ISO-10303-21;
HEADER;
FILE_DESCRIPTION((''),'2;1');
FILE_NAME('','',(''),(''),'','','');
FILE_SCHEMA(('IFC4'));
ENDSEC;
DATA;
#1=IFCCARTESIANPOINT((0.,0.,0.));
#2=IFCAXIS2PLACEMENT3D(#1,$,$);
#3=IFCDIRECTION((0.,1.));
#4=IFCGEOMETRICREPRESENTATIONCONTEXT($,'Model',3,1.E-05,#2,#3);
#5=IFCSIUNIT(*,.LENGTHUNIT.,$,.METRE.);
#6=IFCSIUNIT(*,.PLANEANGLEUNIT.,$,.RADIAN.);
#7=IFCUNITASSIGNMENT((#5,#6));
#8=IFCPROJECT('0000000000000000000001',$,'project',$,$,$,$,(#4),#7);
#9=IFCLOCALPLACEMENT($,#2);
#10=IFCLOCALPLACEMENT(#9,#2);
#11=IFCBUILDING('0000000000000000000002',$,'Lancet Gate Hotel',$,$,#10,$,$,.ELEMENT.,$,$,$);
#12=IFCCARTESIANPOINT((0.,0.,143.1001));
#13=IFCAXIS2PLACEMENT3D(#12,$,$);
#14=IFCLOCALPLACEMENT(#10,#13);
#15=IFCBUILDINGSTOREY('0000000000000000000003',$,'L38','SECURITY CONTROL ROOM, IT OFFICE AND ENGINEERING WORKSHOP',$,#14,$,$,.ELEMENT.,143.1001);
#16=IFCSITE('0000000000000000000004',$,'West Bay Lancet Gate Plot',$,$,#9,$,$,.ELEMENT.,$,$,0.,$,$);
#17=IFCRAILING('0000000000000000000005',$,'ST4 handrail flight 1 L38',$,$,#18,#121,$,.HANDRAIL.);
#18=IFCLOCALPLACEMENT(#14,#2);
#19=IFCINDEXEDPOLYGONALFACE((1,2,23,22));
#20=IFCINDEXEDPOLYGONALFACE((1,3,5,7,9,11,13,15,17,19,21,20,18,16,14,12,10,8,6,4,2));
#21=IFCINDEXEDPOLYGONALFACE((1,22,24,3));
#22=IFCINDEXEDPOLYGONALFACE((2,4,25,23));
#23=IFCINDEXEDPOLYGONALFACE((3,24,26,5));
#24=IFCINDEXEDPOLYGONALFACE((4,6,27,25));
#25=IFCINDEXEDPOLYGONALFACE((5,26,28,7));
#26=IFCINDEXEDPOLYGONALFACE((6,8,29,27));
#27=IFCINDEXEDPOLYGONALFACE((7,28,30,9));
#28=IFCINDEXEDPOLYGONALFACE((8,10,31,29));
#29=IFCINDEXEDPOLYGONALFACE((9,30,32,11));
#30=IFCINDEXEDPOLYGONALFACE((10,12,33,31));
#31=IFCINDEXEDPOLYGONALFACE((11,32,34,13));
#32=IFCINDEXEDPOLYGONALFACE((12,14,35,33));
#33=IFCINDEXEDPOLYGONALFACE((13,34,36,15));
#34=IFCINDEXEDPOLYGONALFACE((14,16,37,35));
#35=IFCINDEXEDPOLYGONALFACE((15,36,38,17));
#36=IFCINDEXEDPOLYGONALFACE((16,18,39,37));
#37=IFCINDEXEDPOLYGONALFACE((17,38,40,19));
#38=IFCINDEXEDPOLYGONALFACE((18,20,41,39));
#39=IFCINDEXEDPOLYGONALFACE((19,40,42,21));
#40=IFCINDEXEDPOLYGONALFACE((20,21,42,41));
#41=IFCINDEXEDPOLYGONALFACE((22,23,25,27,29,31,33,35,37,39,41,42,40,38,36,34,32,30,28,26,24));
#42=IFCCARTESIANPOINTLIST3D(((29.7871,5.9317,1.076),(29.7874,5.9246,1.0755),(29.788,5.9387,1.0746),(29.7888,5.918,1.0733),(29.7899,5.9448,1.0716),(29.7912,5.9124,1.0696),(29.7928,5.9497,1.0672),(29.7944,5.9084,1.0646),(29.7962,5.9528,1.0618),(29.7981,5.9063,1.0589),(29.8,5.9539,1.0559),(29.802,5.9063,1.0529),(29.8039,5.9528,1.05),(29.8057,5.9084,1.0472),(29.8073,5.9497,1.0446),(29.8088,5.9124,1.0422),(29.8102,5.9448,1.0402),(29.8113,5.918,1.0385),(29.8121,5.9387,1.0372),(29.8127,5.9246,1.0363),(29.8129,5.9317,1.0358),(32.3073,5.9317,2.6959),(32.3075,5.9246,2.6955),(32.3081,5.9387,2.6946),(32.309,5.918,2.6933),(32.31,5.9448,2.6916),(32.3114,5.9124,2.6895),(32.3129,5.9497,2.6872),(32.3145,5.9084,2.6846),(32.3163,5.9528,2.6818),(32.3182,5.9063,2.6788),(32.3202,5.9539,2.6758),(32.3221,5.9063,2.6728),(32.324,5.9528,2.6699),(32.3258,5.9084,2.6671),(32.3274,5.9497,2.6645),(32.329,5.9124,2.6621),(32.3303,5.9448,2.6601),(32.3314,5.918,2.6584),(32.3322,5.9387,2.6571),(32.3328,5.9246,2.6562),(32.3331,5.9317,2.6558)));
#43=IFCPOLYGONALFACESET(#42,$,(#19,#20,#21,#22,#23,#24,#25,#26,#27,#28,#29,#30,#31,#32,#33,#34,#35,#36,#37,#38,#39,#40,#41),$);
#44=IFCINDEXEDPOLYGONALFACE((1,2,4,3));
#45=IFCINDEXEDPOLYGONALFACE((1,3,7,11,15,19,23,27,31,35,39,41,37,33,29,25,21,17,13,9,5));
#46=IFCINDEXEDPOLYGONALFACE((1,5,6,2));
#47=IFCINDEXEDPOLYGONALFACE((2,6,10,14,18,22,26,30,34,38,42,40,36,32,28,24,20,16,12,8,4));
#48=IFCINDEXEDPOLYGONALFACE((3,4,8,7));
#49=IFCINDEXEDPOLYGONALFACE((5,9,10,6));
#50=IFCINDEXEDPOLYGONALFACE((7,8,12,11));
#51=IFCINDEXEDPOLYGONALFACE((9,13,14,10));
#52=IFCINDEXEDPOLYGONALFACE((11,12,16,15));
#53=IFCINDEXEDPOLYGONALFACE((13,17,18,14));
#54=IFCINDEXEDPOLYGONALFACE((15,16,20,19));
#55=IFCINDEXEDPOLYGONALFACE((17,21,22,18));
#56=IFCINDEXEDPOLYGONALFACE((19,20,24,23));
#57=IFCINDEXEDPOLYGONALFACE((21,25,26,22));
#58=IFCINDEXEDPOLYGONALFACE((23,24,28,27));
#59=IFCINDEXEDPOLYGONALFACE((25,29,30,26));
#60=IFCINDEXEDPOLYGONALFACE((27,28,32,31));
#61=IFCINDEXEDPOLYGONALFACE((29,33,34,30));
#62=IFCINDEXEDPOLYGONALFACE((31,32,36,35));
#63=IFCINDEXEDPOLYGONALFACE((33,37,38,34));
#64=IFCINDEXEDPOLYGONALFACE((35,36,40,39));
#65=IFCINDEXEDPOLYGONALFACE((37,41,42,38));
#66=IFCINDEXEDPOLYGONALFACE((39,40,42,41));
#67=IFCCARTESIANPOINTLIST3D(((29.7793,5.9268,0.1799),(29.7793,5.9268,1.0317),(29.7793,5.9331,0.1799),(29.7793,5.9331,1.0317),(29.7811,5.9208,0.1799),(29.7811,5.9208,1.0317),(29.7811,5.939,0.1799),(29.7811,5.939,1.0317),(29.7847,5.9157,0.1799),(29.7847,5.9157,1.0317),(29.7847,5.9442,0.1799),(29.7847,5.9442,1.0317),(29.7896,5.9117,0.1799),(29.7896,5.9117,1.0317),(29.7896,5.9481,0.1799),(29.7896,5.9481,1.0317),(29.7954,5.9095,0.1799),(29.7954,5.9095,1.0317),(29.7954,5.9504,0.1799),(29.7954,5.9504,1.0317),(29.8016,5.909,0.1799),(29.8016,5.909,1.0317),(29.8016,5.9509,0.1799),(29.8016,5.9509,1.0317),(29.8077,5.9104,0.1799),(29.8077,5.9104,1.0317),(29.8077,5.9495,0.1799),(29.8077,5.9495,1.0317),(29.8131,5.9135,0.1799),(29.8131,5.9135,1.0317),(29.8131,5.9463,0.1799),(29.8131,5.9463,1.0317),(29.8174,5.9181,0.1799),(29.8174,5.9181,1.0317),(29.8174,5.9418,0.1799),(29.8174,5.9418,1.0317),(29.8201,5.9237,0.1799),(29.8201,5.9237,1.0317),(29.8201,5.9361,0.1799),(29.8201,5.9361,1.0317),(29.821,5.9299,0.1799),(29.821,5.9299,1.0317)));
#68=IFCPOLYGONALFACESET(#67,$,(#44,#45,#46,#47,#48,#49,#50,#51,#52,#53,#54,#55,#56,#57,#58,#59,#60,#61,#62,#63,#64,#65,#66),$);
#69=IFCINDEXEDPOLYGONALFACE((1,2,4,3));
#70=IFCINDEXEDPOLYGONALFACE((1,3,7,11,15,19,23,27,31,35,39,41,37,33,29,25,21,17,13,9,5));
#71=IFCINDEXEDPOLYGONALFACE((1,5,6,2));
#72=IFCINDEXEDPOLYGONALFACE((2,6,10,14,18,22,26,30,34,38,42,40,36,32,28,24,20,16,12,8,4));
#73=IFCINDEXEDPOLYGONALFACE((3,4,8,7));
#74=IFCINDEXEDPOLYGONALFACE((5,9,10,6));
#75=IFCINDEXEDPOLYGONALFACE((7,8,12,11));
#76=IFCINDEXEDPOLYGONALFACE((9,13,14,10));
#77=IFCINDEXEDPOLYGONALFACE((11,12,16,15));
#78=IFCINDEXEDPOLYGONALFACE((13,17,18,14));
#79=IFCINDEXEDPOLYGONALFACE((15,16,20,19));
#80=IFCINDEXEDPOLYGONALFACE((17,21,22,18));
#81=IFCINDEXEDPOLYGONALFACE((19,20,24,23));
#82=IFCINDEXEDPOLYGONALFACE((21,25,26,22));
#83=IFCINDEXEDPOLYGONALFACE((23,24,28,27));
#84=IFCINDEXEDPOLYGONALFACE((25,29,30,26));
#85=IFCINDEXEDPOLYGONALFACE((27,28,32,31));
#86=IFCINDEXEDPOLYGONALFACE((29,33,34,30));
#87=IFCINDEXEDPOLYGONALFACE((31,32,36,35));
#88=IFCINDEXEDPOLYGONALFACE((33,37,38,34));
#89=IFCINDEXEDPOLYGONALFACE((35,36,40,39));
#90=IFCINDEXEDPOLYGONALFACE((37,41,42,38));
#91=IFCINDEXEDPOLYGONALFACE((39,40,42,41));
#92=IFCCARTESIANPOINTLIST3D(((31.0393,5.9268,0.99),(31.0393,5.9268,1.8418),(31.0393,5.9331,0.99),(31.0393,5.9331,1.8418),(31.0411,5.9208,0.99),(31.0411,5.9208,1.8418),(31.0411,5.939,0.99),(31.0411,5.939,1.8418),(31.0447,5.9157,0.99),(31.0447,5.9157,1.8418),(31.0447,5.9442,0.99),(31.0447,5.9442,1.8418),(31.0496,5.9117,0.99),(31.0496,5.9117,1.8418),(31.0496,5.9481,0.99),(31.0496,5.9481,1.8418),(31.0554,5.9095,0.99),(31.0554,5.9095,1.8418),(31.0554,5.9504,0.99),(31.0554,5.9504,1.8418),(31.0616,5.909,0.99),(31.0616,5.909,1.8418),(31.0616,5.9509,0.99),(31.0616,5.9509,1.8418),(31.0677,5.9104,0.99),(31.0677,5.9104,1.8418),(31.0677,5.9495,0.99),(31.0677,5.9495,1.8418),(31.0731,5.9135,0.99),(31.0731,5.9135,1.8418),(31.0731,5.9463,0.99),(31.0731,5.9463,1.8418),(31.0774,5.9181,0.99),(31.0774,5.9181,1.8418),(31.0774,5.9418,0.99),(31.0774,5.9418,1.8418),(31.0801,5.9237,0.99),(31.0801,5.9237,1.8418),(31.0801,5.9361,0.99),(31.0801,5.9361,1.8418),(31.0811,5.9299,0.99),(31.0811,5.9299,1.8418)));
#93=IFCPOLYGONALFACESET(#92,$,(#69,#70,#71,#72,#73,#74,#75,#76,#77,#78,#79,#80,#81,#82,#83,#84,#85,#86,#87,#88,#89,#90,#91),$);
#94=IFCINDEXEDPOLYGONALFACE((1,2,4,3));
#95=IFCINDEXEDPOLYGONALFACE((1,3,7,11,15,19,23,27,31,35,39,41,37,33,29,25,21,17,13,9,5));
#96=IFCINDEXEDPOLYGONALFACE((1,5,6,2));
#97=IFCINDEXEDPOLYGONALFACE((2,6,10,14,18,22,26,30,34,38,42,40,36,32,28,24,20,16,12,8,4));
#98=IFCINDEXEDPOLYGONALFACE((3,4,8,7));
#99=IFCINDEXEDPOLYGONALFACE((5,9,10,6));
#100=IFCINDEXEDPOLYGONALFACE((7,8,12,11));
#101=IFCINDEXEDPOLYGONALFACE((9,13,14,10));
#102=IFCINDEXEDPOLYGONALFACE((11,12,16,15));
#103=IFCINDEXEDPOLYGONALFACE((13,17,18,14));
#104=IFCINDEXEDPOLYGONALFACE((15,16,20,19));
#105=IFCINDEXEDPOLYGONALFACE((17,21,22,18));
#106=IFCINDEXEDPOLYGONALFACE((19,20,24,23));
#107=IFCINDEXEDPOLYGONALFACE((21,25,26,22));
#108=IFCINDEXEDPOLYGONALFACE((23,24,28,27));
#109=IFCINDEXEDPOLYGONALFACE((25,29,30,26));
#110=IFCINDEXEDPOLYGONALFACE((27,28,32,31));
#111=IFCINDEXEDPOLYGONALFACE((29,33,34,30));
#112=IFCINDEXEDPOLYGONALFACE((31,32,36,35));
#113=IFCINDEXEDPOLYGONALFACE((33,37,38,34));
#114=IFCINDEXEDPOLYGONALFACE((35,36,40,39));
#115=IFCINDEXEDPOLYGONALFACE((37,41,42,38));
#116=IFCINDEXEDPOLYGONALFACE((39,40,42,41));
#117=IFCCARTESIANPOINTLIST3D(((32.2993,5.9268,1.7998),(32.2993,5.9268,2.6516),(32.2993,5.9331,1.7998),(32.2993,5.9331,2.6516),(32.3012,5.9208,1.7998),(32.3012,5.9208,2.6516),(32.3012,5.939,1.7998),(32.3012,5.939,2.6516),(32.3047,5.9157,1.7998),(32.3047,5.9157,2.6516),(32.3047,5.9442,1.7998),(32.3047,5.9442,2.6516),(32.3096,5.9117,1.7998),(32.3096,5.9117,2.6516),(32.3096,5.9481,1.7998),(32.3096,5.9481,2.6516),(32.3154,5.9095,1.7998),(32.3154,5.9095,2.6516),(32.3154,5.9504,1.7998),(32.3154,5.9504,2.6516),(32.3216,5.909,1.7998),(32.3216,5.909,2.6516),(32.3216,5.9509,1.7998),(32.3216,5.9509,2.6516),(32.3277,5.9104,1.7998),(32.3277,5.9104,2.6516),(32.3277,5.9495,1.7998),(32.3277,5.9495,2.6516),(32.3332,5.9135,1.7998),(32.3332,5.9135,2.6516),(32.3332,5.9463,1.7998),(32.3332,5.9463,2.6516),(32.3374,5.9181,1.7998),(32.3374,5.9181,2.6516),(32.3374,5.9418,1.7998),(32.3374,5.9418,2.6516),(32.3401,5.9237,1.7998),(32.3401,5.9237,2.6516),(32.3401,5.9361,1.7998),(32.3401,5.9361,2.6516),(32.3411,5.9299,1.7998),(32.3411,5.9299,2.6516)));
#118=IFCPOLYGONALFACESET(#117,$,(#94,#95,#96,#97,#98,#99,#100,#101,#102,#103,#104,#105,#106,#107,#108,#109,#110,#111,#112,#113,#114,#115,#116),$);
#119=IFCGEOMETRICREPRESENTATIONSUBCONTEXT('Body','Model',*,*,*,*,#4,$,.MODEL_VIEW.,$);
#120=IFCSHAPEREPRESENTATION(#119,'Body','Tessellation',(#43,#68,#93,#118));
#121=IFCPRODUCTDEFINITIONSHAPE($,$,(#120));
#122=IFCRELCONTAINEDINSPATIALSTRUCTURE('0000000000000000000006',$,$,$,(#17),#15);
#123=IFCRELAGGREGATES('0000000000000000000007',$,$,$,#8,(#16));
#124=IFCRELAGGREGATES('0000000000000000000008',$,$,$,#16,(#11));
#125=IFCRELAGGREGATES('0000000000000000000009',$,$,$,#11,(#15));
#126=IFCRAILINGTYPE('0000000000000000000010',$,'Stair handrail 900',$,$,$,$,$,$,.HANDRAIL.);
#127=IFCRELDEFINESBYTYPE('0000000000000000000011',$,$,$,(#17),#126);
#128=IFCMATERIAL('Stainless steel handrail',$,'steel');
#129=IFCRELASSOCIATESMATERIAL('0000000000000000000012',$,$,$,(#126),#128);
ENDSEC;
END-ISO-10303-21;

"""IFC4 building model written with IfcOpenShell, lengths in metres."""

from ifc_helpers import new_model, si_unit, direction, frame, origin, origin_2d, place, context, subcontext, project, spatial, circle, extrude, material, type_object, element, save


model = new_model("IFC4")

# Units and contexts
model_context = context("Model", 3, precision=1e-05, world=origin(), true_north=direction((0.0, 1.0)))
body_context = subcontext(model_context, "Body", "Model", "MODEL_VIEW")
ifc_project = project(units=[si_unit("LENGTHUNIT", "METRE"), si_unit("PLANEANGLEUNIT", "RADIAN")], contexts=[model_context])

# Site, building, storey
site_placement = place(None, origin())
site = spatial("IfcSite", under=ifc_project, at=site_placement, Name="West Bay Lancet Gate Plot", CompositionType="ELEMENT", RefElevation=0.0)
building_placement = place(site_placement, origin())
building = spatial("IfcBuilding", under=site, at=building_placement, Name="Lancet Gate Hotel", CompositionType="ELEMENT")
storey_placement = place(building_placement, frame((0.0, 0.0, 143.1001)))
storey = spatial("IfcBuildingStorey", under=building, at=storey_placement, Name="L38", Description="SECURITY CONTROL ROOM, IT OFFICE AND ENGINEERING WORKSHOP", CompositionType="ELEMENT", Elevation=143.1001)

# Railing
ifc_material_1 = material(Name="Stainless steel handrail", Category="steel")
railing_type = type_object("IfcRailingType", Name="Stair handrail 900", PredefinedType="HANDRAIL", material=ifc_material_1)
railing_1_placement = place(storey_placement, frame((29.8, 5.9299, 0.1799)))
element("IfcRailing", 1, at=railing_1_placement, inside=storey, type_object=railing_type, Name="ST4 handrail flight 1 L38", PredefinedType="HANDRAIL", context=body_context, shape_type="SweptSolid", body=[
    extrude(circle(Radius=0.0239, at=origin_2d()), frame((0.0, 0.0, 0.876), z_axis=(0.8412, 0.0, 0.540725), x_axis=(0.0, 1.0, 0.0)), (0.0, 0.0, 1.0), 2.9958),
    extrude(circle(Radius=0.021, at=origin_2d()), origin(), (0.0, 0.0, 1.0), 0.8518),
    extrude(circle(Radius=0.021, at=origin_2d()), frame((1.26, 0.0, 0.8101)), (0.0, 0.0, 1.0), 0.8518),
    extrude(circle(Radius=0.021, at=origin_2d()), frame((2.52, 0.0, 1.6199)), (0.0, 0.0, 1.0), 0.8518),
])

save(model, "model.ifc")
